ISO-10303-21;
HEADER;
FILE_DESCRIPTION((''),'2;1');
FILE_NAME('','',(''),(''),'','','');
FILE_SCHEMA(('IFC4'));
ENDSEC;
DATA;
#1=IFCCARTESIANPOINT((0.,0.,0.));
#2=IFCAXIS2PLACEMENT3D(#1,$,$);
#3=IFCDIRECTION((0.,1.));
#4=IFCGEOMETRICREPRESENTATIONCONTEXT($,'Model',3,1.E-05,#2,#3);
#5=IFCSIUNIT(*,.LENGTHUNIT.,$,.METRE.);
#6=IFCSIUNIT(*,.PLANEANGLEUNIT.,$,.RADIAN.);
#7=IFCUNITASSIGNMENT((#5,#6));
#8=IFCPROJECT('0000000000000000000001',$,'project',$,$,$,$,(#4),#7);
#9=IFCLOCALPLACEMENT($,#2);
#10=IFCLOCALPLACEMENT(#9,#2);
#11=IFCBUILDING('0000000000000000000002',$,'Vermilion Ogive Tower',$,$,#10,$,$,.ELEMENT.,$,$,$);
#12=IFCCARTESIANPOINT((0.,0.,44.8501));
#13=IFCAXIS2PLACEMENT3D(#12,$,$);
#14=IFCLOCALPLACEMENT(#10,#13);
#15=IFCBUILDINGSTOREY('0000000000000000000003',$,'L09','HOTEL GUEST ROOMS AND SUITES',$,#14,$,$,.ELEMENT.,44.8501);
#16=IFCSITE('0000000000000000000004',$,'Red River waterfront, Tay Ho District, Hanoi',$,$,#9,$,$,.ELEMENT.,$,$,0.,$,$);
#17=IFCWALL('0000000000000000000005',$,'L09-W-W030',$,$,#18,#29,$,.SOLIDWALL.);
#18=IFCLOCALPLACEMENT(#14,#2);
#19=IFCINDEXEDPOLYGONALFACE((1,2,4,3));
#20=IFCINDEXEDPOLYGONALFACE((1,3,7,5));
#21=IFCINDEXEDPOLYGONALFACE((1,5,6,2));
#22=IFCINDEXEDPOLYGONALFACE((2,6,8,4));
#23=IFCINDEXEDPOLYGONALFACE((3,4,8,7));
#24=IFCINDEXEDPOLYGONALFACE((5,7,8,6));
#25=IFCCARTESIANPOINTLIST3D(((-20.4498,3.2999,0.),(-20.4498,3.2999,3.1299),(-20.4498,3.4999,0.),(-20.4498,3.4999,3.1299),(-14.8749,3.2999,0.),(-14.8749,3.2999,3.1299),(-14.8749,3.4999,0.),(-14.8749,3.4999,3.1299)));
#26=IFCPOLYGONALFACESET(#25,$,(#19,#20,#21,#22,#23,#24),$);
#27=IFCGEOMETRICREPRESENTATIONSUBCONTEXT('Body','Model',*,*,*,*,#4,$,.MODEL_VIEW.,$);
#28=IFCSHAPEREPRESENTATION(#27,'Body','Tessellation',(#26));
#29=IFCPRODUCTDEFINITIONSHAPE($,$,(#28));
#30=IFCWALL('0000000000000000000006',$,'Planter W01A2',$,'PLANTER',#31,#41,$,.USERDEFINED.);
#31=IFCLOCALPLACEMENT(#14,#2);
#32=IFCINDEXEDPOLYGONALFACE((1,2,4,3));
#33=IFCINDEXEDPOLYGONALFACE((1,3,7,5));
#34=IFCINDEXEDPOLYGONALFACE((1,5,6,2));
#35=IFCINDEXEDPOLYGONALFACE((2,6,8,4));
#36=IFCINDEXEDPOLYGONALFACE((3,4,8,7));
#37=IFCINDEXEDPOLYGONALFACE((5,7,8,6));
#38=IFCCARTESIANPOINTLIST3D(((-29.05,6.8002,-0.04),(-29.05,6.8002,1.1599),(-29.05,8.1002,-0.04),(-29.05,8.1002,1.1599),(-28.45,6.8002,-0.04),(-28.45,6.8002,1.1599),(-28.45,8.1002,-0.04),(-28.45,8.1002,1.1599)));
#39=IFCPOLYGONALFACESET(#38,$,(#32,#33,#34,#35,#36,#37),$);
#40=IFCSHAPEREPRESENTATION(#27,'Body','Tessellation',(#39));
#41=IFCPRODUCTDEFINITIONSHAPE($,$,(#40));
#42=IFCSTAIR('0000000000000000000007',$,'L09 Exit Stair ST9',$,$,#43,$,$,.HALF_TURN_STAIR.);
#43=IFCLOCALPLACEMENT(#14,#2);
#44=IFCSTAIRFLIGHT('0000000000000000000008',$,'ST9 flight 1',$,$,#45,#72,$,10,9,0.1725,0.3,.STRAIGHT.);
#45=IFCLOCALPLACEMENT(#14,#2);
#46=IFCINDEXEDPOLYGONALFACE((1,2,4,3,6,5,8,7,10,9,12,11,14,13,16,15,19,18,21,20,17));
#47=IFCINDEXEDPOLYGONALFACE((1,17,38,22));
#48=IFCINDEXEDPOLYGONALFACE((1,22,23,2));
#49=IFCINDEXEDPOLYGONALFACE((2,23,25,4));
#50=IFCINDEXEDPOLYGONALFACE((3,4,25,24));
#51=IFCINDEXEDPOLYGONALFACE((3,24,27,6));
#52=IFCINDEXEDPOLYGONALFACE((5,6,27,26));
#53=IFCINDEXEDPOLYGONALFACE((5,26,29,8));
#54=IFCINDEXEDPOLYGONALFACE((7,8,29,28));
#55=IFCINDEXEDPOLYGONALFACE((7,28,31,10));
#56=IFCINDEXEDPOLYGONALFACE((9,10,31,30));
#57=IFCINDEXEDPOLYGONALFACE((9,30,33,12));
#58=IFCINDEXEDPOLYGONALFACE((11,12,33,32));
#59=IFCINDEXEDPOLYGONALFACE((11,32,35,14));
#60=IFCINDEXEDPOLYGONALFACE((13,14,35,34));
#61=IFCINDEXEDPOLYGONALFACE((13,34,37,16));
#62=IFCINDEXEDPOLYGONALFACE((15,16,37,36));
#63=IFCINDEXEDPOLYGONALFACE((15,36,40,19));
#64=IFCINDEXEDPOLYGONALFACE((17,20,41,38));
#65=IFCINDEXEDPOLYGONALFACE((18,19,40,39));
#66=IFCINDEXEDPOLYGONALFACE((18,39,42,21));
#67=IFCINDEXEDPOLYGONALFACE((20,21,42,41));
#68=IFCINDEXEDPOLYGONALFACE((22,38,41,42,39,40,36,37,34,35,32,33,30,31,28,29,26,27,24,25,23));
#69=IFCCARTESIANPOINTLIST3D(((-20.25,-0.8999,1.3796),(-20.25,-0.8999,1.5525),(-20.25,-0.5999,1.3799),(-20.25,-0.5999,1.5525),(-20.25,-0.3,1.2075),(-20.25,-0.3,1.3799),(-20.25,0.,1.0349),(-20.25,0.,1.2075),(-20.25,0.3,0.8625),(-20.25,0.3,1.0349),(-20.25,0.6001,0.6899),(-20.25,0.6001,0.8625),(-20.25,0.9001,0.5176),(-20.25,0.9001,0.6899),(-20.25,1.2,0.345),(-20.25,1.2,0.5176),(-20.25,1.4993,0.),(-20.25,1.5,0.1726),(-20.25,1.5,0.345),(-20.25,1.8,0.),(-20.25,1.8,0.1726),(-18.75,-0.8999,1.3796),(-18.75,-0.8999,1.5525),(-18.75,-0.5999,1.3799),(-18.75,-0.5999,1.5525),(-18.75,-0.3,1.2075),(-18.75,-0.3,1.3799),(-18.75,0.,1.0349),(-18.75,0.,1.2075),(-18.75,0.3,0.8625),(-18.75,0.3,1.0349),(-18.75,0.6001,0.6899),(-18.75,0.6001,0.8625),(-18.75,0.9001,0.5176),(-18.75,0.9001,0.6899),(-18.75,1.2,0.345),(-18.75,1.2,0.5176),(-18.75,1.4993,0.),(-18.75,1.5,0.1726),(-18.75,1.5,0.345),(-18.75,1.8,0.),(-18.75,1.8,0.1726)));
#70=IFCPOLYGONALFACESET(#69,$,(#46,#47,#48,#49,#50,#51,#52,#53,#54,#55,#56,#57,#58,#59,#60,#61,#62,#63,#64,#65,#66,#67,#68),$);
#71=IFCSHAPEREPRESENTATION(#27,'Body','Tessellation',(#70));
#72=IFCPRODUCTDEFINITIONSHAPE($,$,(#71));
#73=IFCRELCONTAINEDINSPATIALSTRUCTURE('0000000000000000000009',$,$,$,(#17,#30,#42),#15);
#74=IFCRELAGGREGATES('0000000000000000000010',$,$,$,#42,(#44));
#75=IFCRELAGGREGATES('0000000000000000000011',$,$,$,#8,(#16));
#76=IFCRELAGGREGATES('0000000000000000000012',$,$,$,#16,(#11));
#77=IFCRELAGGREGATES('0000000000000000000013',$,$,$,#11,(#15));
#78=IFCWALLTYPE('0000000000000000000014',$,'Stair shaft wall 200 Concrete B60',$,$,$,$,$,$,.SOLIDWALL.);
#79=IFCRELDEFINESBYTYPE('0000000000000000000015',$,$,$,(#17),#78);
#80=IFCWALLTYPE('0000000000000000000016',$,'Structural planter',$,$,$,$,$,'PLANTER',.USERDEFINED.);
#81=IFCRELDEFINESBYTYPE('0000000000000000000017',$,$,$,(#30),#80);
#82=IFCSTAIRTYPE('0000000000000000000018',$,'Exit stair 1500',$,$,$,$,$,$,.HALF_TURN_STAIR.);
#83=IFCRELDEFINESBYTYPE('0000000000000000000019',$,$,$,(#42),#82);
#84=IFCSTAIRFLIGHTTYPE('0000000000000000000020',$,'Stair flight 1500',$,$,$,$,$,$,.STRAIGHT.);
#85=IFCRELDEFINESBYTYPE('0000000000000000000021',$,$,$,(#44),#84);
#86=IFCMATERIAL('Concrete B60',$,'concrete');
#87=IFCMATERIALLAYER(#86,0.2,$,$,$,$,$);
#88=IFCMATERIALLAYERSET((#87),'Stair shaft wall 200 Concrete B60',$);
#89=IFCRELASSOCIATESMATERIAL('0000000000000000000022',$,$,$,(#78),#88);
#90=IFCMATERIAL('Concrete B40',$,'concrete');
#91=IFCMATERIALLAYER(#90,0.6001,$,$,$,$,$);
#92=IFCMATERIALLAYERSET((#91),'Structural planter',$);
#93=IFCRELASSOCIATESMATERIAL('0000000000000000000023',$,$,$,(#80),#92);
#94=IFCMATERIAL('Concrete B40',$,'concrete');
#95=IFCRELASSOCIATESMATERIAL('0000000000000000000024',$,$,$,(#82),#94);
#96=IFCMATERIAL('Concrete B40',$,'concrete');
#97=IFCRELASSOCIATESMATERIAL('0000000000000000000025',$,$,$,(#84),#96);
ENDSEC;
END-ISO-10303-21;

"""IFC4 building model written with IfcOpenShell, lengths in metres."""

from ifc_helpers import new_model, si_unit, direction, frame, frame_2d, origin, place, context, subcontext, project, spatial, polyline, rectangle, outline, extrude, material, layer, layer_set, type_object, element, aggregate, save


model = new_model("IFC4")

# Units and contexts
model_context = context("Model", 3, precision=1e-05, world=origin(), true_north=direction((0.0, 1.0)))
body_context = subcontext(model_context, "Body", "Model", "MODEL_VIEW")
ifc_project = project(units=[si_unit("LENGTHUNIT", "METRE"), si_unit("PLANEANGLEUNIT", "RADIAN")], contexts=[model_context])

# Site, building, storey
site_placement = place(None, origin())
site = spatial("IfcSite", under=ifc_project, at=site_placement, Name="Red River waterfront, Tay Ho District, Hanoi", CompositionType="ELEMENT", RefElevation=0.0)
building_placement = place(site_placement, origin())
building = spatial("IfcBuilding", under=site, at=building_placement, Name="Vermilion Ogive Tower", CompositionType="ELEMENT")
storey_placement = place(building_placement, frame((0.0, 0.0, 44.8501)))
storey = spatial("IfcBuildingStorey", under=building, at=storey_placement, Name="L09", Description="HOTEL GUEST ROOMS AND SUITES", CompositionType="ELEMENT", Elevation=44.8501)

# Walls
ifc_material_1 = material(Name="Concrete B60", Category="concrete")
ifc_layer_1 = layer(ifc_material_1, 0.2)
ifc_layer_set_1 = layer_set([ifc_layer_1], Name="Stair shaft wall 200 Concrete B60")
wall_type_1 = type_object("IfcWallType", Name="Stair shaft wall 200 Concrete B60", PredefinedType="SOLIDWALL", material=ifc_layer_set_1)
wall_1_placement = place(storey_placement, frame((-20.45, 3.3999, 0.0), z_axis=(0.0, 0.0, 1.0), x_axis=(1.0, 0.0, 0.0)))
element("IfcWall", 1, at=wall_1_placement, inside=storey, type_object=wall_type_1, Name="L09-W-W030", PredefinedType="SOLIDWALL", context=body_context, shape_type="SweptSolid", body=[
    extrude(rectangle(XDim=5.575, YDim=0.2, at=frame_2d((2.7876, 0.0))), origin(), (0.0, 0.0, 1.0), 3.1299),
])
ifc_material_2 = material(Name="Concrete B40", Category="concrete")
ifc_layer_2 = layer(ifc_material_2, 0.6001)
ifc_layer_set_2 = layer_set([ifc_layer_2], Name="Structural planter")
wall_type_2 = type_object("IfcWallType", Name="Structural planter", ElementType="PLANTER", PredefinedType="USERDEFINED", material=ifc_layer_set_2)
wall_2_placement = place(storey_placement, frame((-28.75, 8.1001, -0.04), z_axis=(0.0, 0.0, 1.0), x_axis=(0.0, -1.0, 0.0)))
element("IfcWall", 2, at=wall_2_placement, inside=storey, type_object=wall_type_2, Name="Planter W01A2", ObjectType="PLANTER", PredefinedType="USERDEFINED", context=body_context, shape_type="SweptSolid", body=[
    extrude(rectangle(XDim=1.3, YDim=0.6001, at=frame_2d((0.6499, 0.0))), origin(), (0.0, 0.0, 1.0), 1.2),
])

# Stair, stair flight
ifc_material_3 = material(Name="Concrete B40", Category="concrete")
stair_type = type_object("IfcStairType", Name="Exit stair 1500", PredefinedType="HALF_TURN_STAIR", material=ifc_material_3)
stair_placement = place(storey_placement, origin())
stair = element("IfcStair", 3, at=stair_placement, inside=storey, type_object=stair_type, Name="L09 Exit Stair ST9", PredefinedType="HALF_TURN_STAIR")
ifc_material_4 = material(Name="Concrete B40", Category="concrete")
stair_flight_type = type_object("IfcStairFlightType", Name="Stair flight 1500", PredefinedType="STRAIGHT", material=ifc_material_4)
stair_flight_placement = place(storey_placement, frame((-19.5, 1.8, 0.0), z_axis=(0.0, 0.0, 1.0), x_axis=(0.0, -1.0, 0.0)))
stair_flight = element("IfcStairFlight", 4, at=stair_flight_placement, type_object=stair_flight_type, Name="ST9 flight 1", NumberOfRisers=10, NumberOfTreads=9, PredefinedType="STRAIGHT", RiserHeight=0.1725, TreadLength=0.3, context=body_context, shape_type="SweptSolid", body=[
    extrude(outline(polyline([(0.0, 0.0), (0.0, 0.1726), (0.3, 0.1726), (0.3, 0.345), (0.6001, 0.345), (0.6001, 0.5176), (0.8999, 0.5176), (0.8999, 0.6899), (1.2, 0.6899), (1.2, 0.8625), (1.5, 0.8625), (1.5, 1.0349), (1.8, 1.0349), (1.8, 1.2075), (2.1001, 1.2075), (2.1001, 1.3799), (2.3999, 1.3799), (2.3999, 1.5525), (2.7, 1.5525), (2.7, 1.7251), (2.7, 1.3796), (0.3008, 0.0), (0.0, 0.0)])), frame((0.0, 0.75, 0.0), z_axis=(0.0, -1.0, 0.0), x_axis=(1.0, 0.0, 0.0)), (0.0, 0.0, 1.0), 1.5),
])
aggregate(stair, [stair_flight])

save(model, "model.ifc")
